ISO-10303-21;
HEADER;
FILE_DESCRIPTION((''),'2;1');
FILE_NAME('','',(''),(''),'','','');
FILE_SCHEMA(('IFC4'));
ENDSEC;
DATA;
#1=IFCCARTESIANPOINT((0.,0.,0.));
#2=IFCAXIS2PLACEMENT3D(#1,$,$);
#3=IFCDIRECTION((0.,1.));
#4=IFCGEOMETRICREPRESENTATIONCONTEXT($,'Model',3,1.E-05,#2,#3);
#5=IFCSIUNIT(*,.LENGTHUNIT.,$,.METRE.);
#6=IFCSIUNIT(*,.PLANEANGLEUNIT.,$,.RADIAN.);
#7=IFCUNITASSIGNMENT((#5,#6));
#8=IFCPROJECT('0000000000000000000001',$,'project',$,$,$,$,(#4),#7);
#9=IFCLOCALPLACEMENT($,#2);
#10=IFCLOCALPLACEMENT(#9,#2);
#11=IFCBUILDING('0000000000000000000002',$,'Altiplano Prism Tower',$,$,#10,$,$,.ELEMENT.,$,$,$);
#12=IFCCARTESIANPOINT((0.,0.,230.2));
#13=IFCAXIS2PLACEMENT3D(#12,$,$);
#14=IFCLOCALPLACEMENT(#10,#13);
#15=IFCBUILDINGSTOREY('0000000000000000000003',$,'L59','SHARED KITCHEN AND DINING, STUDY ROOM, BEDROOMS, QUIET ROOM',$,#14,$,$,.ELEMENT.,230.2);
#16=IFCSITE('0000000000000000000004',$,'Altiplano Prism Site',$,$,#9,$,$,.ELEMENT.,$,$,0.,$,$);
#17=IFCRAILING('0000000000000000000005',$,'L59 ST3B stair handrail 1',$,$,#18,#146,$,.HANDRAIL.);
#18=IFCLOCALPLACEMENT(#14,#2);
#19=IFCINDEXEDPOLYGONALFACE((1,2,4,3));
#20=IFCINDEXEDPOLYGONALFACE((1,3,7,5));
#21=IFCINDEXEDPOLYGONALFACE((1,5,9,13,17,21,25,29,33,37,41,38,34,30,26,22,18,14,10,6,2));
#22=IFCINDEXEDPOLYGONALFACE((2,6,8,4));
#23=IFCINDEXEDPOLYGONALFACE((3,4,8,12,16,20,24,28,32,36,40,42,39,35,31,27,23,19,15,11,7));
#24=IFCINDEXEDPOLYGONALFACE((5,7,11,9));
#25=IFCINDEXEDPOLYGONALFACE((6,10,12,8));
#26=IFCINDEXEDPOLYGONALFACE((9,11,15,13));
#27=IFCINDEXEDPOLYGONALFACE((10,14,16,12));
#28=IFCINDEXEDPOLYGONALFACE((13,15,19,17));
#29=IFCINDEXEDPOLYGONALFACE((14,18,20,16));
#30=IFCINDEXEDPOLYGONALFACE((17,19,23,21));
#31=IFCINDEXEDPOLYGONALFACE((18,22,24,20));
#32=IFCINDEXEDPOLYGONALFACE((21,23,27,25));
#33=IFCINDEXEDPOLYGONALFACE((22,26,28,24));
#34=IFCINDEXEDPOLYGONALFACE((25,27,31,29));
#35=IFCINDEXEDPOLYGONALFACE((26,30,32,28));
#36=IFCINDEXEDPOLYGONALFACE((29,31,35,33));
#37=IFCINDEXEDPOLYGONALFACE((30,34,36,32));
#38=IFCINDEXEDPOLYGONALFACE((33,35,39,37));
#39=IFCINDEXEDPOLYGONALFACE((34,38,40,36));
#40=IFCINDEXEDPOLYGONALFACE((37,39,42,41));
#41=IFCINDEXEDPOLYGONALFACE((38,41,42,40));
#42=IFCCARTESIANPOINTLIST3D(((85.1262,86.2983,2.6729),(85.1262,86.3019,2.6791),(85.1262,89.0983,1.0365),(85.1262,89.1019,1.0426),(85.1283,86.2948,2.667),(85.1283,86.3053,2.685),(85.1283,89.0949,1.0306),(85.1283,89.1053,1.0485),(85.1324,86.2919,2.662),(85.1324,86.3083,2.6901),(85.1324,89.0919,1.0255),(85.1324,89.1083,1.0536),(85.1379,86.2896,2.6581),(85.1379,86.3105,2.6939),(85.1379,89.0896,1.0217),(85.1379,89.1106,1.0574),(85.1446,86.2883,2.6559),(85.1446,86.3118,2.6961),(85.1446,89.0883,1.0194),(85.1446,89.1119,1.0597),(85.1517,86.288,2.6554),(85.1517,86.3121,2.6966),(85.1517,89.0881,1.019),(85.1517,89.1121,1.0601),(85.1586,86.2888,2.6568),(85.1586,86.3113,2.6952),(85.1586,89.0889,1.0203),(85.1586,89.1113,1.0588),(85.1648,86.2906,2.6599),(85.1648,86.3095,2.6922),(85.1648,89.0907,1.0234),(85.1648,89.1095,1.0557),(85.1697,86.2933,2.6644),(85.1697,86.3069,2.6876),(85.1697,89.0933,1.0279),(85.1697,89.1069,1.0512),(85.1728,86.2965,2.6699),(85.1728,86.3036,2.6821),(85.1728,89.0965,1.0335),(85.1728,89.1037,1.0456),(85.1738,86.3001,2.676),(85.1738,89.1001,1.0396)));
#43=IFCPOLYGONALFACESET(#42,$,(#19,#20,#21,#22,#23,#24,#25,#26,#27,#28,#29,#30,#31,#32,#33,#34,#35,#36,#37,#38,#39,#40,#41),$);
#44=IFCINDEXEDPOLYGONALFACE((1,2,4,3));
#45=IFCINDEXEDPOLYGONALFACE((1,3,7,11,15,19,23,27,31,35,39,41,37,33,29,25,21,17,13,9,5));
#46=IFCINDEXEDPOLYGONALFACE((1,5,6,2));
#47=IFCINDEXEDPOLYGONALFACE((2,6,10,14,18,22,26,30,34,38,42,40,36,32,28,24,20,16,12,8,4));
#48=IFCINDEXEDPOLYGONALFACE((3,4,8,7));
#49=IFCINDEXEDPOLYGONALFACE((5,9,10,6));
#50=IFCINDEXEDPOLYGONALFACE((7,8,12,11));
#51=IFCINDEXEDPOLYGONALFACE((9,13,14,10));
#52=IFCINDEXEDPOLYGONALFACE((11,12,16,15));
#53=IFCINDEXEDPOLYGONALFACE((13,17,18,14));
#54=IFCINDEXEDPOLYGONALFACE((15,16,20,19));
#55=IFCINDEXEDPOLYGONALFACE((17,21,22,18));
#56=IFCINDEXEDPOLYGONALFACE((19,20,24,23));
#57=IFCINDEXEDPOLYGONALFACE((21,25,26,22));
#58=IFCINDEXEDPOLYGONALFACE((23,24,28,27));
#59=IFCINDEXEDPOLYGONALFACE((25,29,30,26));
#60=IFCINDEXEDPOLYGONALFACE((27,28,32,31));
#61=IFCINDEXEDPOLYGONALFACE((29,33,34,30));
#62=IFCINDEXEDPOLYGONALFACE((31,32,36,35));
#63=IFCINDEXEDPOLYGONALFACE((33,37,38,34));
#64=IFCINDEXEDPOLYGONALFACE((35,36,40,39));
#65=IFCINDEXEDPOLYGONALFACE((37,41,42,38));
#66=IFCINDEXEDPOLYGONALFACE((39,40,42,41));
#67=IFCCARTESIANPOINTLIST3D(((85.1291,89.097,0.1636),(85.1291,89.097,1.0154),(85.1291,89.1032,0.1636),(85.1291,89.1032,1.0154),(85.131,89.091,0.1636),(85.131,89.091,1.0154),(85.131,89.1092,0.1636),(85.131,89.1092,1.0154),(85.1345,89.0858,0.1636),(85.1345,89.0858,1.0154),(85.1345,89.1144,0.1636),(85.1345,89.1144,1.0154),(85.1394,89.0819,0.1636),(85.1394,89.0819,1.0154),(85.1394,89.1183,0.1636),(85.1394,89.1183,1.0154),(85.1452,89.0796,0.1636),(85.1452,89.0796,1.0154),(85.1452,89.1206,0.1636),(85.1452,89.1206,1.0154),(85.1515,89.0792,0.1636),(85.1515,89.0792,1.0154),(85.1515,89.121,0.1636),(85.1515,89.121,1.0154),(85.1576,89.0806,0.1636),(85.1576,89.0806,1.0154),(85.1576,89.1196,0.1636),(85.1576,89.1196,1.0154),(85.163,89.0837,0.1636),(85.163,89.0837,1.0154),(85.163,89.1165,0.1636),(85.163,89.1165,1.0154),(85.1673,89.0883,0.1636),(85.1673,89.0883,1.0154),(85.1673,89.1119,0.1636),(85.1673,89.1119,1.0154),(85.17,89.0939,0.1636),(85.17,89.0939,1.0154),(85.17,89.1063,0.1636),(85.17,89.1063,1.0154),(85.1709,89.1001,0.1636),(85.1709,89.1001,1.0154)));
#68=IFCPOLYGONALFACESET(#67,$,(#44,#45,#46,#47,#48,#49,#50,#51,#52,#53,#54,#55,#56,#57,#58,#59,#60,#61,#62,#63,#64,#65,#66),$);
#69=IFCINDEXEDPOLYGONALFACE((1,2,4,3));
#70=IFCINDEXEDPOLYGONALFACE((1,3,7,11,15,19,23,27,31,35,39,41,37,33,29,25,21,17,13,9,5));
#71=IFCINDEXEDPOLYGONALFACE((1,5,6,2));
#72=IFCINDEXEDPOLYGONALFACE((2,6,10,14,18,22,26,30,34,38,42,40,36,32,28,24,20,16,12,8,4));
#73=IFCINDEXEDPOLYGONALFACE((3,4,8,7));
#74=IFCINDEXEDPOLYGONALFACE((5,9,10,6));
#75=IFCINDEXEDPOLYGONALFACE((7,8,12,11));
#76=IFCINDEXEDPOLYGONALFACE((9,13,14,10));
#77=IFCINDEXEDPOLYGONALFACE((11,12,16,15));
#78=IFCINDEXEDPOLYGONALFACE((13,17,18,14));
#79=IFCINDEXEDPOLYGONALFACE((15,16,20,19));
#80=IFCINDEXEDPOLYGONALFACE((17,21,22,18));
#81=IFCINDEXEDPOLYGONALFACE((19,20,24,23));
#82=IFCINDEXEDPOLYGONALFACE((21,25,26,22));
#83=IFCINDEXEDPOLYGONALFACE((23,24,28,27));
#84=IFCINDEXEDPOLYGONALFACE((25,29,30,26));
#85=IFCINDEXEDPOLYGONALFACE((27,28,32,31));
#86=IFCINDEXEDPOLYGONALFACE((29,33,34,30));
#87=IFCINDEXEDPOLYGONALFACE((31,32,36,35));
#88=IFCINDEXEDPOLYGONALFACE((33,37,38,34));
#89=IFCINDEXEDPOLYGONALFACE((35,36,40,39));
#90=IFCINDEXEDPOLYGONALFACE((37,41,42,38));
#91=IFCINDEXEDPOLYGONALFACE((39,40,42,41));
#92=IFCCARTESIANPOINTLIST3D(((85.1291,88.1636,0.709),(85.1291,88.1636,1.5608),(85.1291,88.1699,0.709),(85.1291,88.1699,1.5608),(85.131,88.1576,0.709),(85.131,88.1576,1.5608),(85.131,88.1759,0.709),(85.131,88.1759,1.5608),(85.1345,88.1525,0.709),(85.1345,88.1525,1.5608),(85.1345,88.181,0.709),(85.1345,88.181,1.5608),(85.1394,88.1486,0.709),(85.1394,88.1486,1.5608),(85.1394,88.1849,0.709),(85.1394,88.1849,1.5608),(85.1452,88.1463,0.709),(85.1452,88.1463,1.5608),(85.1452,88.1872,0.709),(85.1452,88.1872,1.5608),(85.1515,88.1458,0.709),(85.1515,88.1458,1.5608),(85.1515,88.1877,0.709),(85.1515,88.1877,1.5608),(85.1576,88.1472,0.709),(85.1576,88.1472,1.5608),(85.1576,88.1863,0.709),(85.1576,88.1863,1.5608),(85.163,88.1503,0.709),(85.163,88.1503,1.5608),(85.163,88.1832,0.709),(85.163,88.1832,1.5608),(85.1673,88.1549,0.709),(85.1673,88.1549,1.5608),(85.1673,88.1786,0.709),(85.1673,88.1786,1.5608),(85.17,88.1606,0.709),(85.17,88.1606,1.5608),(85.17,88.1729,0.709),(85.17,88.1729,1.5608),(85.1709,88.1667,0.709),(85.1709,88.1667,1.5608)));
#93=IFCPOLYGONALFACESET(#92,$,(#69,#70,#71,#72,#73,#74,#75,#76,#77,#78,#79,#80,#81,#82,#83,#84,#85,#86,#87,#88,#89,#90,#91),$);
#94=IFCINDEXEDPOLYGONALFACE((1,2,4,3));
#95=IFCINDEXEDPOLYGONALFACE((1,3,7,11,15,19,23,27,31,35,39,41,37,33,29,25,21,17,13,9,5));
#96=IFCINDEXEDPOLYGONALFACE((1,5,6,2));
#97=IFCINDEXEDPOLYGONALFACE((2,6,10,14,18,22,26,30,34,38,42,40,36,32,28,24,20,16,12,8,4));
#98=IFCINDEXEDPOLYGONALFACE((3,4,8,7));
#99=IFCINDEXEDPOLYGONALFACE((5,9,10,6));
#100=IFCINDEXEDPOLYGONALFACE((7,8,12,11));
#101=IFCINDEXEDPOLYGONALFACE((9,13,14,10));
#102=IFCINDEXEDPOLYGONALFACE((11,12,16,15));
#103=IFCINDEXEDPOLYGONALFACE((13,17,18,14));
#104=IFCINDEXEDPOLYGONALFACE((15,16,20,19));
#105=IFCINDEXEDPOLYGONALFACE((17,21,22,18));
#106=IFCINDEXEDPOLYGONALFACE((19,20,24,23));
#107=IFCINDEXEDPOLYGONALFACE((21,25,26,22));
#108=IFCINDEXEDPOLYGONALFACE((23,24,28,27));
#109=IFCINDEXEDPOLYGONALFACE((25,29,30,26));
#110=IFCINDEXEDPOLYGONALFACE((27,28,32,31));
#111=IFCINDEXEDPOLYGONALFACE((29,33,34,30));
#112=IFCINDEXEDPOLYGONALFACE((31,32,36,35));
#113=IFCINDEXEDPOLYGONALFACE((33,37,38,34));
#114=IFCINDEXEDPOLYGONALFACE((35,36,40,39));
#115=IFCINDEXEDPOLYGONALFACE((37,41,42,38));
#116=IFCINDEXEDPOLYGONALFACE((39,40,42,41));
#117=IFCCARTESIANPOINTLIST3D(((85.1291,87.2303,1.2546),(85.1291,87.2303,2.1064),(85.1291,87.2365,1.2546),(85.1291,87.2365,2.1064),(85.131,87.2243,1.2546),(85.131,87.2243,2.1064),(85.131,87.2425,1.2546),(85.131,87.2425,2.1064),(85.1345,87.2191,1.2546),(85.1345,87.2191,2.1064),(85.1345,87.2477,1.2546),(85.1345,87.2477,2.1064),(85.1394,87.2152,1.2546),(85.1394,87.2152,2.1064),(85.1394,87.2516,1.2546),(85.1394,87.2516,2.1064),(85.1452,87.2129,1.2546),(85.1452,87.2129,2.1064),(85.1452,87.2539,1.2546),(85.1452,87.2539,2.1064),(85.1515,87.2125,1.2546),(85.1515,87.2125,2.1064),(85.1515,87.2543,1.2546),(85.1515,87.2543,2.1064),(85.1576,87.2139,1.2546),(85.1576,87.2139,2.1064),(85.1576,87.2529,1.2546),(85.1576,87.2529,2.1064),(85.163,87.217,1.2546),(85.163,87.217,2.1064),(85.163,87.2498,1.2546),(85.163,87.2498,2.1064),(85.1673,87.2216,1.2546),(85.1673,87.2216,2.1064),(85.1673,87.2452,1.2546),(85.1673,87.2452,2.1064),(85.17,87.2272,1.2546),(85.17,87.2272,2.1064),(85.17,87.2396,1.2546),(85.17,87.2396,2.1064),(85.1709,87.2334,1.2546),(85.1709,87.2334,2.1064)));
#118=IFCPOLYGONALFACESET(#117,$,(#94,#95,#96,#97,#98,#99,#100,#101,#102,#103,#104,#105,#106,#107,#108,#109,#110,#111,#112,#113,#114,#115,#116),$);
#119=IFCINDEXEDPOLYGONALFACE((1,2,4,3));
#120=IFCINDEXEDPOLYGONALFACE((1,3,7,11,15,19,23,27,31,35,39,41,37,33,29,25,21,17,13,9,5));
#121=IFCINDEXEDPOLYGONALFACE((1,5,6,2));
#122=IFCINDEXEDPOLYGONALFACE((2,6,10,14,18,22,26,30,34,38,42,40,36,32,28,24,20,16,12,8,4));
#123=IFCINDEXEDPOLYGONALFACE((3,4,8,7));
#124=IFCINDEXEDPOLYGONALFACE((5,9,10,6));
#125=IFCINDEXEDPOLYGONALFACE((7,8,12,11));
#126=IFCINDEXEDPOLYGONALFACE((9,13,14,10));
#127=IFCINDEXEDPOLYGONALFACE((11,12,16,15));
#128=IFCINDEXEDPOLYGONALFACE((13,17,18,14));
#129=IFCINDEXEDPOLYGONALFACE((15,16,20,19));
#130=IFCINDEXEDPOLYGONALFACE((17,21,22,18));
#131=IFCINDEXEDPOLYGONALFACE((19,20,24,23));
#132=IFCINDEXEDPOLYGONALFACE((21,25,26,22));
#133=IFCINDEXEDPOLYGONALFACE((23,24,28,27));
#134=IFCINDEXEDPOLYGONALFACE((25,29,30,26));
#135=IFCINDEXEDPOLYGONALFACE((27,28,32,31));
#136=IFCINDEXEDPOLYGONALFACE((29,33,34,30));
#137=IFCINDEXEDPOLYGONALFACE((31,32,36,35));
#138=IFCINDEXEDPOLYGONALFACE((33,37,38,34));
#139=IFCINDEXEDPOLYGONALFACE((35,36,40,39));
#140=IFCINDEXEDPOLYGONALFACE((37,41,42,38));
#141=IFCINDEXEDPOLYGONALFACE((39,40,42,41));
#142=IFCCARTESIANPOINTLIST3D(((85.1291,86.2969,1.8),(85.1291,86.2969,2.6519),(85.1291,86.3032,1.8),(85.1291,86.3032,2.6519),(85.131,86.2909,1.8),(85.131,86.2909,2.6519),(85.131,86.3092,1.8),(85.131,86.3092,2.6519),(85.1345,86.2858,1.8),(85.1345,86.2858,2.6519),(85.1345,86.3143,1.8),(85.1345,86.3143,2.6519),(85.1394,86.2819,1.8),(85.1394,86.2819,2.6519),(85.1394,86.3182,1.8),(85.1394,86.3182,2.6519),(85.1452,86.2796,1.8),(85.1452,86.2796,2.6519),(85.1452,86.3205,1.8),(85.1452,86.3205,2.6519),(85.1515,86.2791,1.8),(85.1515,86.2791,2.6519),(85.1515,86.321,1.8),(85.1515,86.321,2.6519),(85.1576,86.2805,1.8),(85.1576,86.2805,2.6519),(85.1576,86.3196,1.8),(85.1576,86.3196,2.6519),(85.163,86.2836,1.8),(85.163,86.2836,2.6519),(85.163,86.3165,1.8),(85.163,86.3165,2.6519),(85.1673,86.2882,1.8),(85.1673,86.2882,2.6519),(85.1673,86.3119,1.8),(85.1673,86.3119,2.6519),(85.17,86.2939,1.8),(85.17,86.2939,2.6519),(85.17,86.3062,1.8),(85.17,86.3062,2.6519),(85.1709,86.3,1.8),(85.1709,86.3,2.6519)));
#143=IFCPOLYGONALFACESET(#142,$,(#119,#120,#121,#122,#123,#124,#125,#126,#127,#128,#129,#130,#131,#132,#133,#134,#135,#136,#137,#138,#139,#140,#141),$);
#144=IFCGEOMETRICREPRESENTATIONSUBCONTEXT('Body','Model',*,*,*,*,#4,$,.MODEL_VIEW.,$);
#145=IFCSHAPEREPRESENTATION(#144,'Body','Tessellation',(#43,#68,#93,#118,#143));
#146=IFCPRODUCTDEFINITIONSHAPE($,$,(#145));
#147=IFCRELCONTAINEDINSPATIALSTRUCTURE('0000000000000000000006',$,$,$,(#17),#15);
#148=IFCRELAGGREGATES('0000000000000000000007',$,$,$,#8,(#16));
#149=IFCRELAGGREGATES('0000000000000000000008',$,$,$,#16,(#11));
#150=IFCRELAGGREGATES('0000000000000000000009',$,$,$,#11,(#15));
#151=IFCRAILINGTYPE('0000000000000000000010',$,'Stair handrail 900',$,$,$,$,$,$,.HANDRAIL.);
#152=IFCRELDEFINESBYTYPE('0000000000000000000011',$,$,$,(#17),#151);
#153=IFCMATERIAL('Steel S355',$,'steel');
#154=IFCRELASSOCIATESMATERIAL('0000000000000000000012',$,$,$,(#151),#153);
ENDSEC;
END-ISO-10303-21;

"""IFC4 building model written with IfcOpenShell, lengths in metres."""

from ifc_helpers import new_model, si_unit, direction, frame, origin, origin_2d, place, context, subcontext, project, spatial, circle, extrude, material, type_object, element, save


model = new_model("IFC4")

# Units and contexts
model_context = context("Model", 3, precision=1e-05, world=origin(), true_north=direction((0.0, 1.0)))
body_context = subcontext(model_context, "Body", "Model", "MODEL_VIEW")
ifc_project = project(units=[si_unit("LENGTHUNIT", "METRE"), si_unit("PLANEANGLEUNIT", "RADIAN")], contexts=[model_context])

# Site, building, storey
site_placement = place(None, origin())
site = spatial("IfcSite", under=ifc_project, at=site_placement, Name="Altiplano Prism Site", CompositionType="ELEMENT", RefElevation=0.0)
building_placement = place(site_placement, origin())
building = spatial("IfcBuilding", under=site, at=building_placement, Name="Altiplano Prism Tower", CompositionType="ELEMENT")
storey_placement = place(building_placement, frame((0.0, 0.0, 230.2)))
storey = spatial("IfcBuildingStorey", under=building, at=storey_placement, Name="L59", Description="SHARED KITCHEN AND DINING, STUDY ROOM, BEDROOMS, QUIET ROOM", CompositionType="ELEMENT", Elevation=230.2)

# Railing
ifc_material_1 = material(Name="Steel S355", Category="steel")
railing_type_1 = type_object("IfcRailingType", Name="Stair handrail 900", PredefinedType="HANDRAIL", material=ifc_material_1)
railing_1_placement = place(storey_placement, frame((85.1499, 89.1001, 0.1636)))
element("IfcRailing", 1, at=railing_1_placement, inside=storey, type_object=railing_type_1, Name="L59 ST3B stair handrail 1", PredefinedType="HANDRAIL", context=body_context, shape_type="SweptSolid", body=[
    extrude(circle(Radius=0.0239, at=origin_2d()), frame((0.0, 0.0, 0.876), z_axis=(0.0, -0.863361, 0.504587), x_axis=(1.0, 0.0, 0.0)), (0.0, 0.0, 1.0), 3.2432),
    extrude(circle(Radius=0.021, at=origin_2d()), origin(), (0.0, 0.0, 1.0), 0.8518),
    extrude(circle(Radius=0.021, at=origin_2d()), frame((0.0, -0.9333, 0.5454)), (0.0, 0.0, 1.0), 0.8518),
    extrude(circle(Radius=0.021, at=origin_2d()), frame((0.0, -1.8667, 1.0911)), (0.0, 0.0, 1.0), 0.8518),
    extrude(circle(Radius=0.021, at=origin_2d()), frame((0.0, -2.8, 1.6365)), (0.0, 0.0, 1.0), 0.8518),
])

save(model, "model.ifc")
